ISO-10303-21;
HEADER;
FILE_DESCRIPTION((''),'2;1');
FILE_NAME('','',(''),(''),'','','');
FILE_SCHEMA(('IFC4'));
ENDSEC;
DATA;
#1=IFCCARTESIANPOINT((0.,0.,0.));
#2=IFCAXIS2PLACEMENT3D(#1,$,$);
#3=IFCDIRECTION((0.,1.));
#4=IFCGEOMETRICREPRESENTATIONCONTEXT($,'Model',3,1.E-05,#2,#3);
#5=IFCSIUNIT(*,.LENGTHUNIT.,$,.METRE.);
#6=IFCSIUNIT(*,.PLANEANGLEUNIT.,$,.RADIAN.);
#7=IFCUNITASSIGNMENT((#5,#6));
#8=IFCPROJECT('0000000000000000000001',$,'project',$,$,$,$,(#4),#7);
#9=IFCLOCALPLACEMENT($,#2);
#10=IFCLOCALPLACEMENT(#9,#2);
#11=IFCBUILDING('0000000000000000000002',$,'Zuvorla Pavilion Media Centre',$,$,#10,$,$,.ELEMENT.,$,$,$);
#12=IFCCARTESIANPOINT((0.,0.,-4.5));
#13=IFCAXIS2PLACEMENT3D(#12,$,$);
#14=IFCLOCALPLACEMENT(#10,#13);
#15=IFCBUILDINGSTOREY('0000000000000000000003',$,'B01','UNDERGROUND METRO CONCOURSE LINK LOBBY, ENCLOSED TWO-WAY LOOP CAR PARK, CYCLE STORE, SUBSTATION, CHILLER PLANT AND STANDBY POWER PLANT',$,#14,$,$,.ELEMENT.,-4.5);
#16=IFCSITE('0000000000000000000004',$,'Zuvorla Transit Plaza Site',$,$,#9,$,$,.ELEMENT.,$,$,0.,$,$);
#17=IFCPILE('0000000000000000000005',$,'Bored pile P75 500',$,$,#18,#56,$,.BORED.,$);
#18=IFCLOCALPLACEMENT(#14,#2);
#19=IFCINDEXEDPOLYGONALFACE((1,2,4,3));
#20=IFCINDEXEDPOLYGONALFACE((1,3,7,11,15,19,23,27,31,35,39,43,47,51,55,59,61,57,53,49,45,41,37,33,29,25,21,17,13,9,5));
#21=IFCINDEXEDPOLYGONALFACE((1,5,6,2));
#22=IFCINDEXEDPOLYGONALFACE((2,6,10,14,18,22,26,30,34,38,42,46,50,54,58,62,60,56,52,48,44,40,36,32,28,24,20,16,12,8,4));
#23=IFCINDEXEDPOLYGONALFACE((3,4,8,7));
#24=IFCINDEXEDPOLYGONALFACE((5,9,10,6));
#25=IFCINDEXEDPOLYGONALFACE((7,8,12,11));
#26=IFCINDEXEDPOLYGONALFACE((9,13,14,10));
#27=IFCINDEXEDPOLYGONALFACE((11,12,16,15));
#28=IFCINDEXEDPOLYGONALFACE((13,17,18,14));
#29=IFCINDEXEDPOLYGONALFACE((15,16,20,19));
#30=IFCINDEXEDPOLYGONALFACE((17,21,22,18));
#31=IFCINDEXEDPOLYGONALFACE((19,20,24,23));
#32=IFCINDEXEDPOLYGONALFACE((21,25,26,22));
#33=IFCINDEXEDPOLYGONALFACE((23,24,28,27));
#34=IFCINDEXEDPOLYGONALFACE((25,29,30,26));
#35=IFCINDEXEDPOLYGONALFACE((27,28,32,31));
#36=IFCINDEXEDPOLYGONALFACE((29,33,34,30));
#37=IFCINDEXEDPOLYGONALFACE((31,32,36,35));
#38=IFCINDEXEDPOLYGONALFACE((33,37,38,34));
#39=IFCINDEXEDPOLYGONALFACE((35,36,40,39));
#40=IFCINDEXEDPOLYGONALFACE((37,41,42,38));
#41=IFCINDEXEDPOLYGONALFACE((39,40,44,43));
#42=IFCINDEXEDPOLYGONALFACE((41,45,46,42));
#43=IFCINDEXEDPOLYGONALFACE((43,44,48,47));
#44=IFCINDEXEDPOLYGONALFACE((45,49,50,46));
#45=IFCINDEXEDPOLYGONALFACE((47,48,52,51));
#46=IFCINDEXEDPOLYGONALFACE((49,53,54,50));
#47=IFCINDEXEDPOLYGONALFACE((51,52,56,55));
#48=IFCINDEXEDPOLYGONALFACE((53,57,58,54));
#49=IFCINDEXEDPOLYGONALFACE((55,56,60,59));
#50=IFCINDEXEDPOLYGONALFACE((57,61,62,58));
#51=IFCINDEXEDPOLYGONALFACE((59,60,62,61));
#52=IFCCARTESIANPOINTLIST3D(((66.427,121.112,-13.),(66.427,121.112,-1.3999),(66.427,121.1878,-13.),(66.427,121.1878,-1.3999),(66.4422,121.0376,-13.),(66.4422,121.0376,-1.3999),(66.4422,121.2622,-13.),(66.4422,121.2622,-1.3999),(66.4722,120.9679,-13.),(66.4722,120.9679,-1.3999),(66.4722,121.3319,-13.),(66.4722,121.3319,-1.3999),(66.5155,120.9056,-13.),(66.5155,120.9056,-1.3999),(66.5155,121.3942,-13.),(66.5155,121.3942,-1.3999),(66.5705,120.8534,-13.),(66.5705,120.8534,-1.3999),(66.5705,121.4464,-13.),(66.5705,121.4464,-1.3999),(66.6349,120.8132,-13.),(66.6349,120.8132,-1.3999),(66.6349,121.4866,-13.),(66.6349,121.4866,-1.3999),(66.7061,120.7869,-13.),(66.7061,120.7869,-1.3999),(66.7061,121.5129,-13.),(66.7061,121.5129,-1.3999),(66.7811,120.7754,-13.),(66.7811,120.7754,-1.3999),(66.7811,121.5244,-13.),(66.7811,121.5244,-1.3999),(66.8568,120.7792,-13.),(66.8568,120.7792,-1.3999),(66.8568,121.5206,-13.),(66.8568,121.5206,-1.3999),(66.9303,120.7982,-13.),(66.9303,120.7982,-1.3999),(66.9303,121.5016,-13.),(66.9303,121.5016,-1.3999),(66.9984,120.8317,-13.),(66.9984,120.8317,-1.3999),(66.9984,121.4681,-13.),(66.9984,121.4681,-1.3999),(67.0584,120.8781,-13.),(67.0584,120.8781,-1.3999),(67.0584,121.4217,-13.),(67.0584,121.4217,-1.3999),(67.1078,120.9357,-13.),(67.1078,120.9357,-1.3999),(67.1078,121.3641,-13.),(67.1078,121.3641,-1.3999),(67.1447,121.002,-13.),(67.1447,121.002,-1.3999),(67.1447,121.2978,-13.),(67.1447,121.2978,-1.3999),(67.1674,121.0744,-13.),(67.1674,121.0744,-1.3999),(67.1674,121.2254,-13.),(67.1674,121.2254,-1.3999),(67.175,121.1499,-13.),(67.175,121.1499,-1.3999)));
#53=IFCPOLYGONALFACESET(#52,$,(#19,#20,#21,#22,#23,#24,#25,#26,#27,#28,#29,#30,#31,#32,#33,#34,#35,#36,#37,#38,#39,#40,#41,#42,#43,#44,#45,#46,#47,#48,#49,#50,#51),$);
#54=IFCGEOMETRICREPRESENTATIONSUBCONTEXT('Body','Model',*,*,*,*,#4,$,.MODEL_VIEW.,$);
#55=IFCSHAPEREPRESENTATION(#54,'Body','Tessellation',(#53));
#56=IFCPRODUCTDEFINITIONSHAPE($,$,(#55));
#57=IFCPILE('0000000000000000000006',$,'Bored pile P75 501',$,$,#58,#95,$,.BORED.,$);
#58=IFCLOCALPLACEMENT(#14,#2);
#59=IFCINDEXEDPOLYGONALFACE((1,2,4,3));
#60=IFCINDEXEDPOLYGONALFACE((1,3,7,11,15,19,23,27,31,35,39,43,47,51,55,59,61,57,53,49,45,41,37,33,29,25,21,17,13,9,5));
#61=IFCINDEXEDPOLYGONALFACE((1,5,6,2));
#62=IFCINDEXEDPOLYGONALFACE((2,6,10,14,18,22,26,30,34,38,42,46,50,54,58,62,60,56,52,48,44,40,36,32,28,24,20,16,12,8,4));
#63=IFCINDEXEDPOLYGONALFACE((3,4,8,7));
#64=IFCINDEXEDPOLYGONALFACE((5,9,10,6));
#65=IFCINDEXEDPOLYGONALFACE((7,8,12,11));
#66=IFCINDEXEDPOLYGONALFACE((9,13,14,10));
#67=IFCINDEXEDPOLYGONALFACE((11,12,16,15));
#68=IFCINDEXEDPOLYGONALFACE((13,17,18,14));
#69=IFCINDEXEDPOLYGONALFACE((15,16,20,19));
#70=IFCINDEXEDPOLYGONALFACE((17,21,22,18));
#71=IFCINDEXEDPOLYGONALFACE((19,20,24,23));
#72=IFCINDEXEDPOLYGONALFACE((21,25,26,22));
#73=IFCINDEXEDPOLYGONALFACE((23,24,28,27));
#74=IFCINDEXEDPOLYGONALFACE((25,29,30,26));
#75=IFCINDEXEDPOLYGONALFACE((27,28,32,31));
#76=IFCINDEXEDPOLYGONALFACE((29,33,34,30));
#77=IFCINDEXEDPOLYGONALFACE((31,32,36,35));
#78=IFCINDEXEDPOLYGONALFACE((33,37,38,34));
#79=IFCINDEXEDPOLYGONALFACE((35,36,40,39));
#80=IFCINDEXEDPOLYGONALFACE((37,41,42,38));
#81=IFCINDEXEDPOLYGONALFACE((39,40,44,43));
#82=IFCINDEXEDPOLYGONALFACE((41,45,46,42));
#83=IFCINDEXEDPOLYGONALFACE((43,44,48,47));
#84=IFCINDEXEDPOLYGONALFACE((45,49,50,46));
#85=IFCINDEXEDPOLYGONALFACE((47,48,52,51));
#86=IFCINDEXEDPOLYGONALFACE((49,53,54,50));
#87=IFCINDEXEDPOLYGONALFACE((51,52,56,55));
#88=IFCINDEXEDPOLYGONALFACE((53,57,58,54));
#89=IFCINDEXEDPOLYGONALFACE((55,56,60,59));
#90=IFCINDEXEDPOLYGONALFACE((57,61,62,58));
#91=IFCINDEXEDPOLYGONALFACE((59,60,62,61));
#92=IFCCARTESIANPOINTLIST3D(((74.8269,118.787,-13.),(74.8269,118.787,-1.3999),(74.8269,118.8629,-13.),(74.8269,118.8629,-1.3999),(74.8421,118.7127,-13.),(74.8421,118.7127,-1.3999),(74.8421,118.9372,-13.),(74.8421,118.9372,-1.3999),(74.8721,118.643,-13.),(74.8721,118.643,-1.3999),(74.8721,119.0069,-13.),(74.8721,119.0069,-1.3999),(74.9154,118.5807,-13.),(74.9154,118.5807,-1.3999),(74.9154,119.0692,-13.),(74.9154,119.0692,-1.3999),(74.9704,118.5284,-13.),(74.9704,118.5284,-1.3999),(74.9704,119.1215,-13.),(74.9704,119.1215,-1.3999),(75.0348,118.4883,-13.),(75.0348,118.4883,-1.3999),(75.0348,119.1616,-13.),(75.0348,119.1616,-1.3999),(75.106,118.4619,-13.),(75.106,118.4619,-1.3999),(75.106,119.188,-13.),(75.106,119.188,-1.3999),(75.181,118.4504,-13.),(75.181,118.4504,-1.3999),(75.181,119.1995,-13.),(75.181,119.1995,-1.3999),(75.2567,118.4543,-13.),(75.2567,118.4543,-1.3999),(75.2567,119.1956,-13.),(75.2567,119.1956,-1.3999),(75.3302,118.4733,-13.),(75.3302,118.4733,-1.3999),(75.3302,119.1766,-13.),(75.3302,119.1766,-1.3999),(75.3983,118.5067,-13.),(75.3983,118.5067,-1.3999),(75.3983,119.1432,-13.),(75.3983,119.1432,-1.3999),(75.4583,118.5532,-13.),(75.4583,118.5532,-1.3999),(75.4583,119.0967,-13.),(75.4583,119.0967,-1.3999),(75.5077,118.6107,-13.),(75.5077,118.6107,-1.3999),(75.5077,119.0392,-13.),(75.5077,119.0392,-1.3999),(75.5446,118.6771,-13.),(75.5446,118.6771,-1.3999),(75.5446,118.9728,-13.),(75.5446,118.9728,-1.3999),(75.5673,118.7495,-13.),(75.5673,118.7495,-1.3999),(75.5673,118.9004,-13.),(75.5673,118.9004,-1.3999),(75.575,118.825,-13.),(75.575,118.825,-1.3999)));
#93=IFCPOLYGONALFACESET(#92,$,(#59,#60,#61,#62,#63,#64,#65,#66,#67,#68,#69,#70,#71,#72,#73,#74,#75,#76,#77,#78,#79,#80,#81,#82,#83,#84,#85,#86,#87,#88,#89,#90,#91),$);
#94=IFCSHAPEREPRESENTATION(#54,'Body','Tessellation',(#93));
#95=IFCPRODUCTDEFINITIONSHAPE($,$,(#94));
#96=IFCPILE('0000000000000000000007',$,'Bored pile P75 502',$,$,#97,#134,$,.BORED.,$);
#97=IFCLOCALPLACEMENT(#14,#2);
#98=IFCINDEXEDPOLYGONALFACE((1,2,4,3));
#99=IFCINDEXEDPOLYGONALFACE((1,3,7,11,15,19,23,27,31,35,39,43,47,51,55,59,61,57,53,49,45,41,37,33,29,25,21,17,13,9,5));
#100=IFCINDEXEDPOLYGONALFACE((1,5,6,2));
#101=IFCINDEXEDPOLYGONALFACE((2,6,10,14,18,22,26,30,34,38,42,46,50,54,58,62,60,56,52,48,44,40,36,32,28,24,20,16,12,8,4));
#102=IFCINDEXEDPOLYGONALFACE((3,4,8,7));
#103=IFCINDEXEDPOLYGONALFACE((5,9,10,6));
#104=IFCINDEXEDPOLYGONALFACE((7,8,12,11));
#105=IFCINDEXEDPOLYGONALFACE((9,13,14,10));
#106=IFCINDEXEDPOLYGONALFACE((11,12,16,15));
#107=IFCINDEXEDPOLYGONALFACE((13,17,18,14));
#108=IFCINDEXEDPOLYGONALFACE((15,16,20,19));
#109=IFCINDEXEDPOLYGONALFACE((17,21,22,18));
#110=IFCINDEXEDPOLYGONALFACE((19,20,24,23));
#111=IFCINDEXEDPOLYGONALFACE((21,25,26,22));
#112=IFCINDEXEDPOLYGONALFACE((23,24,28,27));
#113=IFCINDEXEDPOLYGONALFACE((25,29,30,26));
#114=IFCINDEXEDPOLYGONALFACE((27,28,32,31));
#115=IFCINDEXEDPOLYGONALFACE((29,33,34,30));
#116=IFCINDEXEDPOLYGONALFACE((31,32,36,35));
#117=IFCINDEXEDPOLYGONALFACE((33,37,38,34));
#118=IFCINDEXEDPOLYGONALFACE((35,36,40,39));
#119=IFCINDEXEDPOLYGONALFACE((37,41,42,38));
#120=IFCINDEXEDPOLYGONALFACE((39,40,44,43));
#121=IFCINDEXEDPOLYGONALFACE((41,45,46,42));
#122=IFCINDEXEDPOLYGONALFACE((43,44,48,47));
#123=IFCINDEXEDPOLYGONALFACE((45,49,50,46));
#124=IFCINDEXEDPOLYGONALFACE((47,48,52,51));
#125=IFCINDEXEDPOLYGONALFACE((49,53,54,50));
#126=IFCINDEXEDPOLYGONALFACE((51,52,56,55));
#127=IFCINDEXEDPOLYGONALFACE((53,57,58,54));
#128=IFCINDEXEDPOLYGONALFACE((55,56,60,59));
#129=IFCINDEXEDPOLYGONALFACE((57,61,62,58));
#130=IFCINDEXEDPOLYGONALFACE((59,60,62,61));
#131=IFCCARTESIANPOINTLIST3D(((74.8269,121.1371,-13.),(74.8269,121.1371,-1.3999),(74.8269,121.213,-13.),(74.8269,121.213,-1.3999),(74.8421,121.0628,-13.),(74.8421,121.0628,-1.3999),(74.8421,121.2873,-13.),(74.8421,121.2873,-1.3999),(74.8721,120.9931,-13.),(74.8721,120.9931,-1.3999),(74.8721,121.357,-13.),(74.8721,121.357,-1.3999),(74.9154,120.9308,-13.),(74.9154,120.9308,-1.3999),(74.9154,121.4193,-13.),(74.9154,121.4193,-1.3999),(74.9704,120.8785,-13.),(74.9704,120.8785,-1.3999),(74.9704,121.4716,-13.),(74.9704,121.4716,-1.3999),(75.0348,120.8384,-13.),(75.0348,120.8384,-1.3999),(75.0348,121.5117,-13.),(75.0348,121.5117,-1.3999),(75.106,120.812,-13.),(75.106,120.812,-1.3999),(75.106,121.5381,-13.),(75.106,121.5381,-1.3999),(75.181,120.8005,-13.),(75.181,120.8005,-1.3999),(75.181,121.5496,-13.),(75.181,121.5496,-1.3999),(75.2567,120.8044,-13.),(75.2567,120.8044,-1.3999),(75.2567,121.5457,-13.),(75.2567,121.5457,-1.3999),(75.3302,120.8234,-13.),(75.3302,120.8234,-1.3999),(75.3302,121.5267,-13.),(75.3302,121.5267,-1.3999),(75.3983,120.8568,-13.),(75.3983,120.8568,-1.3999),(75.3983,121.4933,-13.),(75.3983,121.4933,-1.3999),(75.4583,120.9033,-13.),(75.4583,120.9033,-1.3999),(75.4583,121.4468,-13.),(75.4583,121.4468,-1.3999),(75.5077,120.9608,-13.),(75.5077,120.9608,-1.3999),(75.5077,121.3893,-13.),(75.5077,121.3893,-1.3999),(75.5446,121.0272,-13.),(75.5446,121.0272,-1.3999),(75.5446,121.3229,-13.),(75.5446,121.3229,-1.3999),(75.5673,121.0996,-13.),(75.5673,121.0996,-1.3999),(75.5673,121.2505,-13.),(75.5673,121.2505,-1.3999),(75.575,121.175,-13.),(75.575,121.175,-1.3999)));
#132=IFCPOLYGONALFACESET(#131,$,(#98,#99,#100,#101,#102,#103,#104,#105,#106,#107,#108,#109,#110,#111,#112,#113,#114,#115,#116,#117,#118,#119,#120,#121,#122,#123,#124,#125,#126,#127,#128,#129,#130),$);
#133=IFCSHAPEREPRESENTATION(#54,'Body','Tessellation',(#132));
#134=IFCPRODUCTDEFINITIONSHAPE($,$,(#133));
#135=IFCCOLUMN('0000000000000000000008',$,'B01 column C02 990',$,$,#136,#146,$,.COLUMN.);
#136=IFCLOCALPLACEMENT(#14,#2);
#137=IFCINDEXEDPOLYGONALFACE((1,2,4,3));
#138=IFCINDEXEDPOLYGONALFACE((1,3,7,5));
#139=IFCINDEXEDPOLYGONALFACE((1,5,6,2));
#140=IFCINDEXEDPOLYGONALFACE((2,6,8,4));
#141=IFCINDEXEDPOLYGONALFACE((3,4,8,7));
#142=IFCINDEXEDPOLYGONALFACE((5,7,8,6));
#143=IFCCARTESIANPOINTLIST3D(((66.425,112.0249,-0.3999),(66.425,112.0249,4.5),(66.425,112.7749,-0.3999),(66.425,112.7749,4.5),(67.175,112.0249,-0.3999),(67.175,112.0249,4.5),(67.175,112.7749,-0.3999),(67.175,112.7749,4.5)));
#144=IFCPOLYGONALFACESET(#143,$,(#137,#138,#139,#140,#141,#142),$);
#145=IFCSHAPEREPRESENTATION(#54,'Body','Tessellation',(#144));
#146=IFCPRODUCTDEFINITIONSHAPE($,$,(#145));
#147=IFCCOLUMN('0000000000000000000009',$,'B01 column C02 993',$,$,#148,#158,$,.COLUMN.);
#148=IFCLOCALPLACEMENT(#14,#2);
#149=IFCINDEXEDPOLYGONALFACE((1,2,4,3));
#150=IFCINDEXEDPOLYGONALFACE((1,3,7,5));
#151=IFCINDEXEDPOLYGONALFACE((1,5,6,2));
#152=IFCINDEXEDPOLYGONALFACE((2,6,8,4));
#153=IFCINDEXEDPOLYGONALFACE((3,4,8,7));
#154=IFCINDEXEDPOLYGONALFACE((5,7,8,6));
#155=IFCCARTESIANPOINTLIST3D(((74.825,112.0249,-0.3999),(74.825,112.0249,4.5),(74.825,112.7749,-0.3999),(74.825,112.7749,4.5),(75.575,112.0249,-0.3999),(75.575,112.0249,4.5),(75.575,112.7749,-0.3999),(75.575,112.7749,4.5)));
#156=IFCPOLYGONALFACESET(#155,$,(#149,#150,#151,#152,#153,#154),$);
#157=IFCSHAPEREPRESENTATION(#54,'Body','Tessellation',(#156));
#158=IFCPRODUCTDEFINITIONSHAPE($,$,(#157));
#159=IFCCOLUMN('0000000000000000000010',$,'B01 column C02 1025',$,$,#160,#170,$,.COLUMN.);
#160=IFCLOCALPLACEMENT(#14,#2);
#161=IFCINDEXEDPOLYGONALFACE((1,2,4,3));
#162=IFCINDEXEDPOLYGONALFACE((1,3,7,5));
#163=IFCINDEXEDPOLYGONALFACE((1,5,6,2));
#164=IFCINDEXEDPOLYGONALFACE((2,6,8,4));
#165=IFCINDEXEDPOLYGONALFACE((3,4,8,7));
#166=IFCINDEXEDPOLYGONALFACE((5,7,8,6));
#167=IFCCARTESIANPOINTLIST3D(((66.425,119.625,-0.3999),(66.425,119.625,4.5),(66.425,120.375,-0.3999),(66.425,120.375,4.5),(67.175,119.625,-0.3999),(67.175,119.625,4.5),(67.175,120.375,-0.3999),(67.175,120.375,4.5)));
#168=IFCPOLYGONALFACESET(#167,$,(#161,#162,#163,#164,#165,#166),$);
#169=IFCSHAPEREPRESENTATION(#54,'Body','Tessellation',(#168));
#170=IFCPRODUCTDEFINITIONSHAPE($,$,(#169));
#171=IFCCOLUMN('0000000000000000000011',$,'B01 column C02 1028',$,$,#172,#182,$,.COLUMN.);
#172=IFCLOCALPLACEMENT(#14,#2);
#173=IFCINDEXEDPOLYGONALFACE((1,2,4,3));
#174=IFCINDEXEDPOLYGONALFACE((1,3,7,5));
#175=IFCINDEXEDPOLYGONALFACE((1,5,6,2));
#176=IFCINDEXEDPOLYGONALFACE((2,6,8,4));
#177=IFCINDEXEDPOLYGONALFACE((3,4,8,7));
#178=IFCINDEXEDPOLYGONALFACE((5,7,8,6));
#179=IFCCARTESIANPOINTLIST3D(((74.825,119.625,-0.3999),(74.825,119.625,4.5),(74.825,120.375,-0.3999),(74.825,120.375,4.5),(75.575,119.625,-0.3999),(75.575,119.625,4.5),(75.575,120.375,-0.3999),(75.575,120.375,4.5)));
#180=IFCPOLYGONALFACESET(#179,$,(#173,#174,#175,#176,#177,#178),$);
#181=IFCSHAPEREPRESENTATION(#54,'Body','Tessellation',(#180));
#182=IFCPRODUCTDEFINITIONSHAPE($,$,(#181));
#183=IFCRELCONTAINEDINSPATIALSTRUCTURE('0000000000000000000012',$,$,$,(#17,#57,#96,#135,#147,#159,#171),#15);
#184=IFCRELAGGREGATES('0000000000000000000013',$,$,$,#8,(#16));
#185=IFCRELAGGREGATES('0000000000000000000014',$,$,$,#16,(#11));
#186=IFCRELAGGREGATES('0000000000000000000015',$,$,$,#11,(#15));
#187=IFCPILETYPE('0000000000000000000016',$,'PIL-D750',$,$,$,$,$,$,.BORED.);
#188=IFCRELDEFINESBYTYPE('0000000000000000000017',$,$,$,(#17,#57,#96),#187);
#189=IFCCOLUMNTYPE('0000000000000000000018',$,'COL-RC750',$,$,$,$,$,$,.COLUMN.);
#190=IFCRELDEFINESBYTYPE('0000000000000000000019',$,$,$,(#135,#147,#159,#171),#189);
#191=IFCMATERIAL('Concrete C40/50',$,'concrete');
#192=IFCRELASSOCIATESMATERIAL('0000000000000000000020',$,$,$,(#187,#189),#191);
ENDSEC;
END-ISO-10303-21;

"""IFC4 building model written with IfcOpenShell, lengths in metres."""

from ifc_helpers import new_model, si_unit, direction, frame, origin, origin_2d, place, context, subcontext, project, spatial, rectangle, circle, extrude, material, material_profile, profile_set, type_object, element, save


model = new_model("IFC4")

# Units and contexts
model_context = context("Model", 3, precision=1e-05, world=origin(), true_north=direction((0.0, 1.0)))
body_context = subcontext(model_context, "Body", "Model", "MODEL_VIEW")
ifc_project = project(units=[si_unit("LENGTHUNIT", "METRE"), si_unit("PLANEANGLEUNIT", "RADIAN")], contexts=[model_context])

# Site, building, storey
site_placement = place(None, origin())
site = spatial("IfcSite", under=ifc_project, at=site_placement, Name="Zuvorla Transit Plaza Site", CompositionType="ELEMENT", RefElevation=0.0)
building_placement = place(site_placement, origin())
building = spatial("IfcBuilding", under=site, at=building_placement, Name="Zuvorla Pavilion Media Centre", CompositionType="ELEMENT")
storey_placement = place(building_placement, frame((0.0, 0.0, -4.5)))
storey = spatial("IfcBuildingStorey", under=building, at=storey_placement, Name="B01", Description="UNDERGROUND METRO CONCOURSE LINK LOBBY, ENCLOSED TWO-WAY LOOP CAR PARK, CYCLE STORE, SUBSTATION, CHILLER PLANT AND STANDBY POWER PLANT", CompositionType="ELEMENT", Elevation=-4.5)

# Shared definitions
ifc_material = material(Name="Concrete C40/50", Category="concrete")

# Piles
ifc_material_profile_1 = material_profile(ifc_material, circle(Radius=0.375, at=origin_2d()), Name="BORED PILE 750")
ifc_profile_set_1 = profile_set([ifc_material_profile_1], Name="Concrete C40/50")
pile_type = type_object("IfcPileType", Name="PIL-D750", PredefinedType="BORED", material=ifc_profile_set_1)
for number, where, z_axis, x_axis, name in (
    (1, (66.8, 121.1499, -1.3999), (0.0, 0.0, -1.0), (1.0, 0.0, 0.0), "Bored pile P75 500"),
    (2, (75.2, 118.825, -1.3999), (0.0, 0.0, -1.0), (1.0, 0.0, 0.0), "Bored pile P75 501"),
    (3, (75.2, 121.175, -1.3999), (0.0, 0.0, -1.0), (1.0, 0.0, 0.0), "Bored pile P75 502"),
):
    element("IfcPile", number, at=place(storey_placement, frame(where, z_axis=z_axis, x_axis=x_axis)), inside=storey, type_object=pile_type, Name=name, PredefinedType="BORED", context=body_context, shape_type="SweptSolid", body=[
        extrude(circle(Radius=0.375, at=origin_2d()), origin(), (0.0, 0.0, 1.0), 11.6001),
    ])

# Columns
ifc_material_profile_2 = material_profile(ifc_material, rectangle(XDim=0.75, YDim=0.75, at=origin_2d()), Name="RC 750x750")
ifc_profile_set_2 = profile_set([ifc_material_profile_2], Name="Concrete C40/50")
column_type = type_object("IfcColumnType", Name="COL-RC750", PredefinedType="COLUMN", material=ifc_profile_set_2)
for number, where, z_axis, x_axis, name in (
    (4, (66.8, 112.3999, -0.3999), (0.0, 0.0, 1.0), (1.0, 0.0, 0.0), "B01 column C02 990"),
    (5, (75.2, 112.3999, -0.3999), (0.0, 0.0, 1.0), (1.0, 0.0, 0.0), "B01 column C02 993"),
    (6, (66.8, 120.0, -0.3999), (0.0, 0.0, 1.0), (1.0, 0.0, 0.0), "B01 column C02 1025"),
    (7, (75.2, 120.0, -0.3999), (0.0, 0.0, 1.0), (1.0, 0.0, 0.0), "B01 column C02 1028"),
):
    element("IfcColumn", number, at=place(storey_placement, frame(where, z_axis=z_axis, x_axis=x_axis)), inside=storey, type_object=column_type, Name=name, PredefinedType="COLUMN", context=body_context, shape_type="SweptSolid", body=[
        extrude(rectangle(XDim=0.75, YDim=0.75, at=origin_2d()), origin(), (0.0, 0.0, 1.0), 4.8999),
    ])

save(model, "model.ifc")
